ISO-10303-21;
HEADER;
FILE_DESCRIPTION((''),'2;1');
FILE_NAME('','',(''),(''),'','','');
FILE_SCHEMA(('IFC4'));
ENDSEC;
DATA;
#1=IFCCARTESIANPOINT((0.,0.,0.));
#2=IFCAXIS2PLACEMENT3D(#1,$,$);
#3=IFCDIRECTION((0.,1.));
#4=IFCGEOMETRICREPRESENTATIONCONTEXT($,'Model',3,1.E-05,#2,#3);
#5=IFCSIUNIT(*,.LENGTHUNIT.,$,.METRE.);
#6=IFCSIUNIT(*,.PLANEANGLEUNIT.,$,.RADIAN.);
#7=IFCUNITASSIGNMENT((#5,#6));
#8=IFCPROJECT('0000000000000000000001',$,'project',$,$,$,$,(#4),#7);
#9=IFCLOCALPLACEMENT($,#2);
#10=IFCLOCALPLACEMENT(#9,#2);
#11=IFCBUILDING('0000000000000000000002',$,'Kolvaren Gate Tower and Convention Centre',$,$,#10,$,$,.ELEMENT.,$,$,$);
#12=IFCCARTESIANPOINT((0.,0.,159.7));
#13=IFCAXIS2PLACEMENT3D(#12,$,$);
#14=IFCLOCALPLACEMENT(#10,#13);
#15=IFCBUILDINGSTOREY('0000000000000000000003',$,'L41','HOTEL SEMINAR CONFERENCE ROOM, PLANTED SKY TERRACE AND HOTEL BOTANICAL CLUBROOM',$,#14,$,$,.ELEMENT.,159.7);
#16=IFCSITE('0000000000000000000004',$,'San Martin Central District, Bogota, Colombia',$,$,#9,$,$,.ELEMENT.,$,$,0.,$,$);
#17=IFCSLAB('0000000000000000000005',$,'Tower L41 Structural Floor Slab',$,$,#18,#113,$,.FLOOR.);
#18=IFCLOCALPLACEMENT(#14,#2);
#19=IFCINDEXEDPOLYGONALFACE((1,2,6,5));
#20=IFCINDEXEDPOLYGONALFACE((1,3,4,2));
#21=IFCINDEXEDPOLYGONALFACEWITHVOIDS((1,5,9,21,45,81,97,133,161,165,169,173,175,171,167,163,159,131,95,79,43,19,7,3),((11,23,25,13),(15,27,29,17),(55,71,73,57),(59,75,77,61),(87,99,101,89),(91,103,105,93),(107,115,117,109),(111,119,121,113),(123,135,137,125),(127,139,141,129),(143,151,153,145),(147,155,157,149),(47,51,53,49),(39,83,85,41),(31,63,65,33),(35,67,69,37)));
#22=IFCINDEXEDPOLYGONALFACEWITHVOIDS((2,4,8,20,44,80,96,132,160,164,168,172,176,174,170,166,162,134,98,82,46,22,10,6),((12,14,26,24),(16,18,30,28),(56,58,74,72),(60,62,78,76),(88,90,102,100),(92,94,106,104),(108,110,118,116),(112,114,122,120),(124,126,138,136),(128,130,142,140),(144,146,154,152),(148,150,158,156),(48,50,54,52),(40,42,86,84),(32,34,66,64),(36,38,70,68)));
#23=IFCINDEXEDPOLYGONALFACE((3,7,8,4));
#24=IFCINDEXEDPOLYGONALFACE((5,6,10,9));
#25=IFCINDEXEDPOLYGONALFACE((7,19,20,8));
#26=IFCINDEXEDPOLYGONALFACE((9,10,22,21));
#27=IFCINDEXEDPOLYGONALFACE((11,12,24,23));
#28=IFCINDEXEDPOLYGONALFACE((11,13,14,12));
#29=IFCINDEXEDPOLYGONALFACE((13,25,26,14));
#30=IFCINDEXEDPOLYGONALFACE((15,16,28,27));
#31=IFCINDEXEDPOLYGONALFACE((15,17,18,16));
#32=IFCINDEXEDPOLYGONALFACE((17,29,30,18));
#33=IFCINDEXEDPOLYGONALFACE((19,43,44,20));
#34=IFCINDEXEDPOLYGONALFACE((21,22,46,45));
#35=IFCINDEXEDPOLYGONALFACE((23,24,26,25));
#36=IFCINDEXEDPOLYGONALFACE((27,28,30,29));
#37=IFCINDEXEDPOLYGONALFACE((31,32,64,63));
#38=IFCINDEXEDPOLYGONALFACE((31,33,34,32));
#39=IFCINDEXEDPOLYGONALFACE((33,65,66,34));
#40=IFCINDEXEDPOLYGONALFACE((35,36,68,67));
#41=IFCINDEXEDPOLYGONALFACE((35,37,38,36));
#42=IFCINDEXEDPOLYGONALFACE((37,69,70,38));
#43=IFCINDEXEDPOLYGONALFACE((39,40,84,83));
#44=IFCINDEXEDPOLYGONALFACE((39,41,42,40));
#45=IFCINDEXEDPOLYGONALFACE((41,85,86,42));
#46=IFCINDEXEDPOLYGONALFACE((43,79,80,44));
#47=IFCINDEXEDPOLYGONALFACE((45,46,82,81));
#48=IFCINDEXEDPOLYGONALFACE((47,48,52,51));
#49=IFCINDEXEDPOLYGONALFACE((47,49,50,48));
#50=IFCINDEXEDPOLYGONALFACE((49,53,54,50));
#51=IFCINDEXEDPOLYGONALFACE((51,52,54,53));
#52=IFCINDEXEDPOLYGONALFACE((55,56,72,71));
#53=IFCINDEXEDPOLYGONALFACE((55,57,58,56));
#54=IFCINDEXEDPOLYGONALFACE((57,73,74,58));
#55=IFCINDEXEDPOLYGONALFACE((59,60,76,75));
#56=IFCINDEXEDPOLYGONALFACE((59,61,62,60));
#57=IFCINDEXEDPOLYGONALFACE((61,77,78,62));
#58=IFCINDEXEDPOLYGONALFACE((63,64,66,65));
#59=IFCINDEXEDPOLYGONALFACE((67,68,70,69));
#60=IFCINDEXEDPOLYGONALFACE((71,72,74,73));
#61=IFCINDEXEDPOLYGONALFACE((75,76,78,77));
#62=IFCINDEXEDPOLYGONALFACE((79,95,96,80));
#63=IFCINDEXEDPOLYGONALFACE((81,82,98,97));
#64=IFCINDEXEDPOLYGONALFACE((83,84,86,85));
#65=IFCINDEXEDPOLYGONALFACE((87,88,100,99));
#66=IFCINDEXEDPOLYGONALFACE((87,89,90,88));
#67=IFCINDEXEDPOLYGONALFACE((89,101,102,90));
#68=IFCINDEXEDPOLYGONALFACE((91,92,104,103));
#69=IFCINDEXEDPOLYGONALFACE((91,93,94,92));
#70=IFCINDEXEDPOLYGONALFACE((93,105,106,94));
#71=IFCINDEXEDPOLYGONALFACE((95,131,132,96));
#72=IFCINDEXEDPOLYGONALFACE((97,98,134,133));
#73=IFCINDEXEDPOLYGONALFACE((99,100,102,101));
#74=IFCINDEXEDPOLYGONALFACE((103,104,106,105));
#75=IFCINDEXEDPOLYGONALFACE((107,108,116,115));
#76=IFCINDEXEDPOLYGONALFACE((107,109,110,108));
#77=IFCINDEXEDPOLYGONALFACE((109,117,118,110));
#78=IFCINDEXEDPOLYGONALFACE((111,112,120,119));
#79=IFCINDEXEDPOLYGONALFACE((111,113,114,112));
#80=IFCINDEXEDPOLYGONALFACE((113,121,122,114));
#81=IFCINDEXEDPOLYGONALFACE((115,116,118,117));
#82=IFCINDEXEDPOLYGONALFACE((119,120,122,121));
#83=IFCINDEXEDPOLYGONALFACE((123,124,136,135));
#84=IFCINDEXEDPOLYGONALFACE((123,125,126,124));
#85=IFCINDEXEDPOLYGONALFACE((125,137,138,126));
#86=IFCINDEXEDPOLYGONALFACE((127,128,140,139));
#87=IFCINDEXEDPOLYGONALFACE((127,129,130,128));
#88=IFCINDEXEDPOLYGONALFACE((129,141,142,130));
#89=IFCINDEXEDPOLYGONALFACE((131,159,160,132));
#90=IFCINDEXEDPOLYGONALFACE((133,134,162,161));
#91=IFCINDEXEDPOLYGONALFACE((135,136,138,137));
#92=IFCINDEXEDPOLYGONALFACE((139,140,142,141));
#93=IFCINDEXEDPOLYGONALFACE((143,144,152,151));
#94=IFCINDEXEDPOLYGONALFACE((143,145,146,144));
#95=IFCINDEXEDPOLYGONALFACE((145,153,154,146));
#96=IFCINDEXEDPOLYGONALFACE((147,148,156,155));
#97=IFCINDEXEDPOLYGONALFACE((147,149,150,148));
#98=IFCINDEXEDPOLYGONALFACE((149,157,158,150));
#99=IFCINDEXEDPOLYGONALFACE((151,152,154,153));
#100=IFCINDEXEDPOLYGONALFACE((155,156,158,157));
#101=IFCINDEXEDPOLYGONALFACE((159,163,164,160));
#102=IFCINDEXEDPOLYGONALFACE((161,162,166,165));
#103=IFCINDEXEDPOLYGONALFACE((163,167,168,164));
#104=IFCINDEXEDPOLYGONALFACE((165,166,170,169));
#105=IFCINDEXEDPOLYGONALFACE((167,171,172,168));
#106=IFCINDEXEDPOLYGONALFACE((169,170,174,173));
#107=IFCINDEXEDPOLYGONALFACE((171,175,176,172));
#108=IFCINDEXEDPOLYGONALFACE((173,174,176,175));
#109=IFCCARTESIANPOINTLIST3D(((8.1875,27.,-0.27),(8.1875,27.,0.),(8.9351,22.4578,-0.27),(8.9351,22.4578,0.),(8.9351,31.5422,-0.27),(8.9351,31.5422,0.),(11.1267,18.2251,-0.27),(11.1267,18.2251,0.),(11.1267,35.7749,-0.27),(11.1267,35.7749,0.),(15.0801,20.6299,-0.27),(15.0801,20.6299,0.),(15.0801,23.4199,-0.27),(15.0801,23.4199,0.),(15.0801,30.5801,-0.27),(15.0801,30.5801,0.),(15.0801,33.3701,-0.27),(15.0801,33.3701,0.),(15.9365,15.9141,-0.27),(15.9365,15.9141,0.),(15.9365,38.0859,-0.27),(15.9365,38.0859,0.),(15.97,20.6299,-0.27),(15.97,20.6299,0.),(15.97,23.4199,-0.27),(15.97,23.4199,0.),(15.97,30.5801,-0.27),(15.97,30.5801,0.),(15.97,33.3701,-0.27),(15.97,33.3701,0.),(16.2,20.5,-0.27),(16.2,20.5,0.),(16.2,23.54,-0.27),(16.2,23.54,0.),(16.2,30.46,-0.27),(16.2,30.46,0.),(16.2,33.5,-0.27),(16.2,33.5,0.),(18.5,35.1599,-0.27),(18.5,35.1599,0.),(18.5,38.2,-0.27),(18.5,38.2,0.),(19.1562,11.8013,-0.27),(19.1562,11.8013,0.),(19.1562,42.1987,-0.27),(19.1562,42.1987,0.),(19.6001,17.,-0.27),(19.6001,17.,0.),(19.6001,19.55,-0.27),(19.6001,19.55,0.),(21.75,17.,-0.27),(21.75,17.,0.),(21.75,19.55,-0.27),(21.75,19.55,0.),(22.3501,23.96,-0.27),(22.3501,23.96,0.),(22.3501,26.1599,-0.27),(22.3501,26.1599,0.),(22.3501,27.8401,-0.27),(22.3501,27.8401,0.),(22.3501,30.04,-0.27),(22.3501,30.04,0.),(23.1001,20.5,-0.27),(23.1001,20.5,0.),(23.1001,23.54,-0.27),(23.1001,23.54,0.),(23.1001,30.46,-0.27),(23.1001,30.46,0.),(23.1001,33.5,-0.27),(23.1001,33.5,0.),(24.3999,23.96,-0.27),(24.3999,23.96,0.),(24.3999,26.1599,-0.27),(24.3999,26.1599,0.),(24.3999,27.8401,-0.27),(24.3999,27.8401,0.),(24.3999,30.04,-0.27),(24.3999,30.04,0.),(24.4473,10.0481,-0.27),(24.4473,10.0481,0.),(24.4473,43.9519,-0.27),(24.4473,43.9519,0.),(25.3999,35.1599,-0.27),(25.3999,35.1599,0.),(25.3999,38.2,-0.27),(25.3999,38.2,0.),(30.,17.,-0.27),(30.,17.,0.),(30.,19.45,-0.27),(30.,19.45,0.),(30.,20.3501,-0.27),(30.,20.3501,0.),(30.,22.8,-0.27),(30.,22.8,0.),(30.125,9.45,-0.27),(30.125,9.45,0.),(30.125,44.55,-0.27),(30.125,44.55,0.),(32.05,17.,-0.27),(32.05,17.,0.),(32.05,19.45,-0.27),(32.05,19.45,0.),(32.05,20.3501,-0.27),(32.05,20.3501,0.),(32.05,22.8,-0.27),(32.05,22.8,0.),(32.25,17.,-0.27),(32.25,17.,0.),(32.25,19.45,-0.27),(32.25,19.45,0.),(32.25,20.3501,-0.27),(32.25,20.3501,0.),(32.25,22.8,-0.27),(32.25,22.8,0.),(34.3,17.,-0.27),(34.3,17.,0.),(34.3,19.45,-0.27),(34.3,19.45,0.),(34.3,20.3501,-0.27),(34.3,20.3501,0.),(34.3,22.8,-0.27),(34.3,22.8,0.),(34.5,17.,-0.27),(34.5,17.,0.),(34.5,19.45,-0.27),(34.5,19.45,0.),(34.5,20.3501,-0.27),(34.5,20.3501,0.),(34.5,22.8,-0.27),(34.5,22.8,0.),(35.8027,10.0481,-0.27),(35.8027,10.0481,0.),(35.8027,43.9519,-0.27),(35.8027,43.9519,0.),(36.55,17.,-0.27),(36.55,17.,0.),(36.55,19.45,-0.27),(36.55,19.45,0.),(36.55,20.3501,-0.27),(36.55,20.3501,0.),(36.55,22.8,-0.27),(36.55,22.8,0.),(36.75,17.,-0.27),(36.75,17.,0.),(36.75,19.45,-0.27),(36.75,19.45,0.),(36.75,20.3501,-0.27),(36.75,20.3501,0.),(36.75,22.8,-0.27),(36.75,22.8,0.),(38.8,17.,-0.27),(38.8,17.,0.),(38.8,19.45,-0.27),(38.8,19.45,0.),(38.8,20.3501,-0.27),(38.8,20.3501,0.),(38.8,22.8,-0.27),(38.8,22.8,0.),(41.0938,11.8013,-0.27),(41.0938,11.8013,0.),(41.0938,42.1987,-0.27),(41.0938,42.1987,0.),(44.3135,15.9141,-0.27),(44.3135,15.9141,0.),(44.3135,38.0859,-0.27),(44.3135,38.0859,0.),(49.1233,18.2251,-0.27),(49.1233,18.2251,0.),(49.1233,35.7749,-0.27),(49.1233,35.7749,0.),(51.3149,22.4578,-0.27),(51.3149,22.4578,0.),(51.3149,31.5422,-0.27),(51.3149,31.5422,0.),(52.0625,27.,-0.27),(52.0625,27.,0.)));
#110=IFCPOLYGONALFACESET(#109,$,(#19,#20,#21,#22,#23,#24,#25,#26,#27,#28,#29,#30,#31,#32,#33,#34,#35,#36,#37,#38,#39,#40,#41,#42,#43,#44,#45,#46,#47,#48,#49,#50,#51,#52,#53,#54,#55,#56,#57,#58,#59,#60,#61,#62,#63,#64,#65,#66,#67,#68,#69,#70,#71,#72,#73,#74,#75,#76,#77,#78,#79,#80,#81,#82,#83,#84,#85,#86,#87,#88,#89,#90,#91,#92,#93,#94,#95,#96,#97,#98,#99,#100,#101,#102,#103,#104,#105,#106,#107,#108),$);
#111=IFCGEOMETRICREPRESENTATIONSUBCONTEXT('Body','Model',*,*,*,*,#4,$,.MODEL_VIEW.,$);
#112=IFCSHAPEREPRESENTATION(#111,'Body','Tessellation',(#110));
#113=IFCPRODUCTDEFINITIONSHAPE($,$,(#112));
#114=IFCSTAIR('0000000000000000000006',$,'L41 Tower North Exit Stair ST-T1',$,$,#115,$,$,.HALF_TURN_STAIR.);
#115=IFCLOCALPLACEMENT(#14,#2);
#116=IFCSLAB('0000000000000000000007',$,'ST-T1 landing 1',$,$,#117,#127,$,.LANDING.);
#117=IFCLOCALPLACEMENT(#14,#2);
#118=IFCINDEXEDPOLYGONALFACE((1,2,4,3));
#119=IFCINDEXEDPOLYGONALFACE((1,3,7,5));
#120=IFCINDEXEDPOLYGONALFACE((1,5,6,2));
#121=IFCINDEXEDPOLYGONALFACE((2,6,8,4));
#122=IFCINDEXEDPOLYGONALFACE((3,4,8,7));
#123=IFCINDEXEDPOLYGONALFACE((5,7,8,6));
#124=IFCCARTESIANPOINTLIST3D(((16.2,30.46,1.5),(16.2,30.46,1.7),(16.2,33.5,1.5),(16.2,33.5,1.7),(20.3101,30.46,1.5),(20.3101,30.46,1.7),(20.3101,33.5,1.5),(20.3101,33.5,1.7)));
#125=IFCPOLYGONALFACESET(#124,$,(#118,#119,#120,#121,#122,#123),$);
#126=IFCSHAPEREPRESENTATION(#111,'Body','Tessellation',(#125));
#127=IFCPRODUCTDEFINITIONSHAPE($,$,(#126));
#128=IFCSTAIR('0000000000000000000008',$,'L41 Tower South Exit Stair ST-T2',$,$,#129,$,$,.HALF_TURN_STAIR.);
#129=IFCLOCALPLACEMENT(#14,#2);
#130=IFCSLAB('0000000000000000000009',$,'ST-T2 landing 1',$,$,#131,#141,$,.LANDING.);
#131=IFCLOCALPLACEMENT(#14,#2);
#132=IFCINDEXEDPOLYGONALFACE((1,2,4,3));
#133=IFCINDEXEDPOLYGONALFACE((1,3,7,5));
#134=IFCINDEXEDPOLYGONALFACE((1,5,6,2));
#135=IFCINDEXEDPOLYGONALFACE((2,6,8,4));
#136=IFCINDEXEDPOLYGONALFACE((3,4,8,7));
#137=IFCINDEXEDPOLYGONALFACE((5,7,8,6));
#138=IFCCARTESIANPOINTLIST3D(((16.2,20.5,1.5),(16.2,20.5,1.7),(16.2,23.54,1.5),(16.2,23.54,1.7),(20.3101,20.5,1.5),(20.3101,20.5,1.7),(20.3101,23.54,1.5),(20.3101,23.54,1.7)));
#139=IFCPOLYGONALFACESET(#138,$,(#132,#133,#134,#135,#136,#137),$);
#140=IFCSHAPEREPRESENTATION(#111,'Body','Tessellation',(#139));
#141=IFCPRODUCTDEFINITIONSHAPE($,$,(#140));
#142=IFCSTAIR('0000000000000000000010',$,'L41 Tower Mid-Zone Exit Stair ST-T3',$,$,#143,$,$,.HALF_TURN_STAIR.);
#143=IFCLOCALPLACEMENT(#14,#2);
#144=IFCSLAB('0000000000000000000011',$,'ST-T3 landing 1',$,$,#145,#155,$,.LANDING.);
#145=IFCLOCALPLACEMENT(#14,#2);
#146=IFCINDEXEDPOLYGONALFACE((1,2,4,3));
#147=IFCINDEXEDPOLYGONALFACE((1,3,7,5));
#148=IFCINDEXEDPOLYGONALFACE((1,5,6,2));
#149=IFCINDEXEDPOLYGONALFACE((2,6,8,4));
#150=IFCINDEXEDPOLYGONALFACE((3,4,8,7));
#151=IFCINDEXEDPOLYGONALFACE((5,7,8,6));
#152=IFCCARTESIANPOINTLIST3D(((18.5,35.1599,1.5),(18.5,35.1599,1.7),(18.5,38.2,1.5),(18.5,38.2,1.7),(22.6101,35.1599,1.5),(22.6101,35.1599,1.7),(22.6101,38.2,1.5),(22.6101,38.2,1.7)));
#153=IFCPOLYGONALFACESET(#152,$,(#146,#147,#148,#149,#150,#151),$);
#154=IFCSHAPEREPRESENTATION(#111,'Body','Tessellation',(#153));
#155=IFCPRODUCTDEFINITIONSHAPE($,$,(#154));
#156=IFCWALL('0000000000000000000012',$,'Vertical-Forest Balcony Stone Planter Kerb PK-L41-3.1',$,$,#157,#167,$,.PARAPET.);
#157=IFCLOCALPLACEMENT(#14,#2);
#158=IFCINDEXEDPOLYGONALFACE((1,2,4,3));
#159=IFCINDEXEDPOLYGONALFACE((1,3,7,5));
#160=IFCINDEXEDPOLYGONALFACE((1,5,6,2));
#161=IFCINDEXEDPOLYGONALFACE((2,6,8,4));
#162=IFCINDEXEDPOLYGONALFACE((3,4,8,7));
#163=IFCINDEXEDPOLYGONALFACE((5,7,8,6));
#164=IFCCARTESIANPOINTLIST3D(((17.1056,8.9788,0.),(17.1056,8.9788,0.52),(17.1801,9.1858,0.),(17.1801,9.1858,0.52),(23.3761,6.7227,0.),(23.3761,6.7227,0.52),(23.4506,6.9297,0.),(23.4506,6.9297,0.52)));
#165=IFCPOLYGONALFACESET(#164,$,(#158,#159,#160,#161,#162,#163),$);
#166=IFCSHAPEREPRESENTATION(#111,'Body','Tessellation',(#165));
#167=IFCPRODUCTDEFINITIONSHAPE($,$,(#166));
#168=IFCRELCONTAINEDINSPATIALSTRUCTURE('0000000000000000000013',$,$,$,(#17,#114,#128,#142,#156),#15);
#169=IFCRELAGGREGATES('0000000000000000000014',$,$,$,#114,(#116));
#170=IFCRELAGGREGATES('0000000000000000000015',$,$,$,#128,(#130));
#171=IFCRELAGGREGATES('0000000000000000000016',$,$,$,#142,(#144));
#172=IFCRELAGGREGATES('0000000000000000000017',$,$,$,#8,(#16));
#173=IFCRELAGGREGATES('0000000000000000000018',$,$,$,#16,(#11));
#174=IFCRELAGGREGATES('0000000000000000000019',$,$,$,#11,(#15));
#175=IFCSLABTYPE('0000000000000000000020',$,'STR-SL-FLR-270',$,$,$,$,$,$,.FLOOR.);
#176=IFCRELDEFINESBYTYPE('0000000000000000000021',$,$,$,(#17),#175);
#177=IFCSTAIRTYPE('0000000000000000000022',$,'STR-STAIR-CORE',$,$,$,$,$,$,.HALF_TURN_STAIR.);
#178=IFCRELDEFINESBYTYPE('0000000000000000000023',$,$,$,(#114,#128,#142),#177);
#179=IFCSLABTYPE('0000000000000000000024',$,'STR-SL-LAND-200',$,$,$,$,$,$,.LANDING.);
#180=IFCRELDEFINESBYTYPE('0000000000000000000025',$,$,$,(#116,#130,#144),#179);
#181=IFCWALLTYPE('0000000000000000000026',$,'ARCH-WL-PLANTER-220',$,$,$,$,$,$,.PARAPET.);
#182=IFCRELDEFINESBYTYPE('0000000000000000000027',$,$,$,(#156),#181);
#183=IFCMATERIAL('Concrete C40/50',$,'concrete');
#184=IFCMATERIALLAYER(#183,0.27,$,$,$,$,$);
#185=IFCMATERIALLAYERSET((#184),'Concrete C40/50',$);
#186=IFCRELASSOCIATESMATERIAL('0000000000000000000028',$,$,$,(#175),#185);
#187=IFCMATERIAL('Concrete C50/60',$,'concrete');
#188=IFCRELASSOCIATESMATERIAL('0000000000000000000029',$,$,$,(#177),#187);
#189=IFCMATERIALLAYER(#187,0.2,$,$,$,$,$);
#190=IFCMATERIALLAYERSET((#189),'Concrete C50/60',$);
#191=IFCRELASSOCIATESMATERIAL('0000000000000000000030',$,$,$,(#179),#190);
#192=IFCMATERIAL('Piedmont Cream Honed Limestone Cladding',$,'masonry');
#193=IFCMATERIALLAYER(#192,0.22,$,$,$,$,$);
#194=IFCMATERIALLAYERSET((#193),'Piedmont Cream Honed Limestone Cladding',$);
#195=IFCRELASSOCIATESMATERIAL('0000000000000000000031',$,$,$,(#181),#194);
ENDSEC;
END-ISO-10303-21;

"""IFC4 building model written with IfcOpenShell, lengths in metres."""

from ifc_helpers import new_model, si_unit, direction, frame, frame_2d, origin, place, context, subcontext, project, spatial, polyline, rectangle, outline, extrude, material, layer, layer_set, type_object, element, aggregate, save


model = new_model("IFC4")

# Units and contexts
model_context = context("Model", 3, precision=1e-05, world=origin(), true_north=direction((0.0, 1.0)))
body_context = subcontext(model_context, "Body", "Model", "MODEL_VIEW")
ifc_project = project(units=[si_unit("LENGTHUNIT", "METRE"), si_unit("PLANEANGLEUNIT", "RADIAN")], contexts=[model_context])

# Site, building, storey
site_placement = place(None, origin())
site = spatial("IfcSite", under=ifc_project, at=site_placement, Name="San Martin Central District, Bogota, Colombia", CompositionType="ELEMENT", RefElevation=0.0)
building_placement = place(site_placement, origin())
building = spatial("IfcBuilding", under=site, at=building_placement, Name="Kolvaren Gate Tower and Convention Centre", CompositionType="ELEMENT")
storey_placement = place(building_placement, frame((0.0, 0.0, 159.7)))
storey = spatial("IfcBuildingStorey", under=building, at=storey_placement, Name="L41", Description="HOTEL SEMINAR CONFERENCE ROOM, PLANTED SKY TERRACE AND HOTEL BOTANICAL CLUBROOM", CompositionType="ELEMENT", Elevation=159.7)

# Slab
ifc_material_1 = material(Name="Concrete C50/60", Category="concrete")
ifc_material_2 = material(Name="Concrete C40/50", Category="concrete")
ifc_layer_1 = layer(ifc_material_2, 0.27)
ifc_layer_set_1 = layer_set([ifc_layer_1], Name="Concrete C40/50")
slab_type_1 = type_object("IfcSlabType", Name="STR-SL-FLR-270", PredefinedType="FLOOR", material=ifc_layer_set_1)
slab_1_placement = place(storey_placement, frame((0.0, 0.0, -0.27)))
element("IfcSlab", 1, at=slab_1_placement, inside=storey, type_object=slab_type_1, Name="Tower L41 Structural Floor Slab", PredefinedType="FLOOR", context=body_context, shape_type="SweptSolid", body=[
    extrude(outline(polyline([(52.0625, 27.0), (51.3149, 31.5422), (49.1233, 35.7749), (44.3135, 38.0859), (41.0938, 42.1987), (35.8027, 43.9519), (30.125, 44.55), (24.4473, 43.9519), (19.1562, 42.1987), (15.9365, 38.0859), (11.1267, 35.7749), (8.9351, 31.5422), (8.1875, 27.0), (8.9351, 22.4578), (11.1267, 18.2251), (15.9365, 15.9141), (19.1562, 11.8013), (24.4473, 10.0481), (30.125, 9.45), (35.8027, 10.0481), (41.0938, 11.8013), (44.3135, 15.9141), (49.1233, 18.2251), (51.3149, 22.4578), (52.0625, 27.0)]), holes=[polyline([(36.75, 17.0), (36.75, 19.45), (38.8, 19.45), (38.8, 17.0), (36.75, 17.0)]), polyline([(36.75, 20.3501), (36.75, 22.8), (38.8, 22.8), (38.8, 20.3501), (36.75, 20.3501)]), polyline([(34.5, 17.0), (34.5, 19.45), (36.55, 19.45), (36.55, 17.0), (34.5, 17.0)]), polyline([(34.5, 20.3501), (34.5, 22.8), (36.55, 22.8), (36.55, 20.3501), (34.5, 20.3501)]), polyline([(32.25, 17.0), (32.25, 19.45), (34.3, 19.45), (34.3, 17.0), (32.25, 17.0)]), polyline([(32.25, 20.3501), (32.25, 22.8), (34.3, 22.8), (34.3, 20.3501), (32.25, 20.3501)]), polyline([(30.0, 17.0), (30.0, 19.45), (32.05, 19.45), (32.05, 17.0), (30.0, 17.0)]), polyline([(30.0, 20.3501), (30.0, 22.8), (32.05, 22.8), (32.05, 20.3501), (30.0, 20.3501)]), polyline([(25.3999, 38.2), (25.3999, 35.1599), (18.5, 35.1599), (18.5, 38.2), (25.3999, 38.2)]), polyline([(22.3501, 23.96), (22.3501, 26.1599), (24.3999, 26.1599), (24.3999, 23.96), (22.3501, 23.96)]), polyline([(22.3501, 27.8401), (22.3501, 30.04), (24.3999, 30.04), (24.3999, 27.8401), (22.3501, 27.8401)]), polyline([(23.1001, 23.54), (23.1001, 20.5), (16.2, 20.5), (16.2, 23.54), (23.1001, 23.54)]), polyline([(23.1001, 33.5), (23.1001, 30.46), (16.2, 30.46), (16.2, 33.5), (23.1001, 33.5)]), polyline([(19.6001, 17.0), (19.6001, 19.55), (21.75, 19.55), (21.75, 17.0), (19.6001, 17.0)]), polyline([(15.0801, 20.6299), (15.0801, 23.4199), (15.97, 23.4199), (15.97, 20.6299), (15.0801, 20.6299)]), polyline([(15.0801, 30.5801), (15.0801, 33.3701), (15.97, 33.3701), (15.97, 30.5801), (15.0801, 30.5801)])]), origin(), (0.0, 0.0, 1.0), 0.27),
])

# Stairs, slabs
stair_type = type_object("IfcStairType", Name="STR-STAIR-CORE", PredefinedType="HALF_TURN_STAIR", material=ifc_material_1)
stair_1_placement = place(storey_placement, origin())
stair_1 = element("IfcStair", 2, at=stair_1_placement, inside=storey, type_object=stair_type, Name="L41 Tower North Exit Stair ST-T1", PredefinedType="HALF_TURN_STAIR")
ifc_layer_2 = layer(ifc_material_1, 0.2)
ifc_layer_set_2 = layer_set([ifc_layer_2], Name="Concrete C50/60")
slab_type_2 = type_object("IfcSlabType", Name="STR-SL-LAND-200", PredefinedType="LANDING", material=ifc_layer_set_2)
slab_2_placement = place(storey_placement, frame((0.0, 0.0, 1.5)))
slab_2 = element("IfcSlab", 3, at=slab_2_placement, type_object=slab_type_2, Name="ST-T1 landing 1", PredefinedType="LANDING", context=body_context, shape_type="SweptSolid", body=[
    extrude(outline(polyline([(20.3101, 33.5), (16.2, 33.5), (16.2, 30.46), (20.3101, 30.46), (20.3101, 33.5)])), origin(), (0.0, 0.0, 1.0), 0.2),
])
aggregate(stair_1, [slab_2])
stair_2_placement = place(storey_placement, origin())
stair_2 = element("IfcStair", 4, at=stair_2_placement, inside=storey, type_object=stair_type, Name="L41 Tower South Exit Stair ST-T2", PredefinedType="HALF_TURN_STAIR")
slab_3_placement = place(storey_placement, frame((0.0, 0.0, 1.5)))
slab_3 = element("IfcSlab", 5, at=slab_3_placement, type_object=slab_type_2, Name="ST-T2 landing 1", PredefinedType="LANDING", context=body_context, shape_type="SweptSolid", body=[
    extrude(outline(polyline([(20.3101, 23.54), (16.2, 23.54), (16.2, 20.5), (20.3101, 20.5), (20.3101, 23.54)])), origin(), (0.0, 0.0, 1.0), 0.2),
])
aggregate(stair_2, [slab_3])
stair_3_placement = place(storey_placement, origin())
stair_3 = element("IfcStair", 6, at=stair_3_placement, inside=storey, type_object=stair_type, Name="L41 Tower Mid-Zone Exit Stair ST-T3", PredefinedType="HALF_TURN_STAIR")
slab_4_placement = place(storey_placement, frame((0.0, 0.0, 1.5)))
slab_4 = element("IfcSlab", 7, at=slab_4_placement, type_object=slab_type_2, Name="ST-T3 landing 1", PredefinedType="LANDING", context=body_context, shape_type="SweptSolid", body=[
    extrude(outline(polyline([(22.6101, 38.2), (18.5, 38.2), (18.5, 35.1599), (22.6101, 35.1599), (22.6101, 38.2)])), origin(), (0.0, 0.0, 1.0), 0.2),
])
aggregate(stair_3, [slab_4])

# Wall
ifc_material_3 = material(Name="Piedmont Cream Honed Limestone Cladding", Category="masonry")
ifc_layer_3 = layer(ifc_material_3, 0.22)
ifc_layer_set_3 = layer_set([ifc_layer_3], Name="Piedmont Cream Honed Limestone Cladding")
wall_type_1 = type_object("IfcWallType", Name="ARCH-WL-PLANTER-220", PredefinedType="PARAPET", material=ifc_layer_set_3)
wall_1_placement = place(storey_placement, frame((17.1428, 9.0823, 0.0), z_axis=(0.0, 0.0, 1.0), x_axis=(0.940949, -0.33855, 0.0)))
element("IfcWall", 8, at=wall_1_placement, inside=storey, type_object=wall_type_1, Name="Vertical-Forest Balcony Stone Planter Kerb PK-L41-3.1", PredefinedType="PARAPET", context=body_context, shape_type="SweptSolid", body=[
    extrude(rectangle(XDim=6.6641, YDim=0.22, at=frame_2d((3.332, 0.0))), origin(), (0.0, 0.0, 1.0), 0.52),
])

save(model, "model.ifc")
